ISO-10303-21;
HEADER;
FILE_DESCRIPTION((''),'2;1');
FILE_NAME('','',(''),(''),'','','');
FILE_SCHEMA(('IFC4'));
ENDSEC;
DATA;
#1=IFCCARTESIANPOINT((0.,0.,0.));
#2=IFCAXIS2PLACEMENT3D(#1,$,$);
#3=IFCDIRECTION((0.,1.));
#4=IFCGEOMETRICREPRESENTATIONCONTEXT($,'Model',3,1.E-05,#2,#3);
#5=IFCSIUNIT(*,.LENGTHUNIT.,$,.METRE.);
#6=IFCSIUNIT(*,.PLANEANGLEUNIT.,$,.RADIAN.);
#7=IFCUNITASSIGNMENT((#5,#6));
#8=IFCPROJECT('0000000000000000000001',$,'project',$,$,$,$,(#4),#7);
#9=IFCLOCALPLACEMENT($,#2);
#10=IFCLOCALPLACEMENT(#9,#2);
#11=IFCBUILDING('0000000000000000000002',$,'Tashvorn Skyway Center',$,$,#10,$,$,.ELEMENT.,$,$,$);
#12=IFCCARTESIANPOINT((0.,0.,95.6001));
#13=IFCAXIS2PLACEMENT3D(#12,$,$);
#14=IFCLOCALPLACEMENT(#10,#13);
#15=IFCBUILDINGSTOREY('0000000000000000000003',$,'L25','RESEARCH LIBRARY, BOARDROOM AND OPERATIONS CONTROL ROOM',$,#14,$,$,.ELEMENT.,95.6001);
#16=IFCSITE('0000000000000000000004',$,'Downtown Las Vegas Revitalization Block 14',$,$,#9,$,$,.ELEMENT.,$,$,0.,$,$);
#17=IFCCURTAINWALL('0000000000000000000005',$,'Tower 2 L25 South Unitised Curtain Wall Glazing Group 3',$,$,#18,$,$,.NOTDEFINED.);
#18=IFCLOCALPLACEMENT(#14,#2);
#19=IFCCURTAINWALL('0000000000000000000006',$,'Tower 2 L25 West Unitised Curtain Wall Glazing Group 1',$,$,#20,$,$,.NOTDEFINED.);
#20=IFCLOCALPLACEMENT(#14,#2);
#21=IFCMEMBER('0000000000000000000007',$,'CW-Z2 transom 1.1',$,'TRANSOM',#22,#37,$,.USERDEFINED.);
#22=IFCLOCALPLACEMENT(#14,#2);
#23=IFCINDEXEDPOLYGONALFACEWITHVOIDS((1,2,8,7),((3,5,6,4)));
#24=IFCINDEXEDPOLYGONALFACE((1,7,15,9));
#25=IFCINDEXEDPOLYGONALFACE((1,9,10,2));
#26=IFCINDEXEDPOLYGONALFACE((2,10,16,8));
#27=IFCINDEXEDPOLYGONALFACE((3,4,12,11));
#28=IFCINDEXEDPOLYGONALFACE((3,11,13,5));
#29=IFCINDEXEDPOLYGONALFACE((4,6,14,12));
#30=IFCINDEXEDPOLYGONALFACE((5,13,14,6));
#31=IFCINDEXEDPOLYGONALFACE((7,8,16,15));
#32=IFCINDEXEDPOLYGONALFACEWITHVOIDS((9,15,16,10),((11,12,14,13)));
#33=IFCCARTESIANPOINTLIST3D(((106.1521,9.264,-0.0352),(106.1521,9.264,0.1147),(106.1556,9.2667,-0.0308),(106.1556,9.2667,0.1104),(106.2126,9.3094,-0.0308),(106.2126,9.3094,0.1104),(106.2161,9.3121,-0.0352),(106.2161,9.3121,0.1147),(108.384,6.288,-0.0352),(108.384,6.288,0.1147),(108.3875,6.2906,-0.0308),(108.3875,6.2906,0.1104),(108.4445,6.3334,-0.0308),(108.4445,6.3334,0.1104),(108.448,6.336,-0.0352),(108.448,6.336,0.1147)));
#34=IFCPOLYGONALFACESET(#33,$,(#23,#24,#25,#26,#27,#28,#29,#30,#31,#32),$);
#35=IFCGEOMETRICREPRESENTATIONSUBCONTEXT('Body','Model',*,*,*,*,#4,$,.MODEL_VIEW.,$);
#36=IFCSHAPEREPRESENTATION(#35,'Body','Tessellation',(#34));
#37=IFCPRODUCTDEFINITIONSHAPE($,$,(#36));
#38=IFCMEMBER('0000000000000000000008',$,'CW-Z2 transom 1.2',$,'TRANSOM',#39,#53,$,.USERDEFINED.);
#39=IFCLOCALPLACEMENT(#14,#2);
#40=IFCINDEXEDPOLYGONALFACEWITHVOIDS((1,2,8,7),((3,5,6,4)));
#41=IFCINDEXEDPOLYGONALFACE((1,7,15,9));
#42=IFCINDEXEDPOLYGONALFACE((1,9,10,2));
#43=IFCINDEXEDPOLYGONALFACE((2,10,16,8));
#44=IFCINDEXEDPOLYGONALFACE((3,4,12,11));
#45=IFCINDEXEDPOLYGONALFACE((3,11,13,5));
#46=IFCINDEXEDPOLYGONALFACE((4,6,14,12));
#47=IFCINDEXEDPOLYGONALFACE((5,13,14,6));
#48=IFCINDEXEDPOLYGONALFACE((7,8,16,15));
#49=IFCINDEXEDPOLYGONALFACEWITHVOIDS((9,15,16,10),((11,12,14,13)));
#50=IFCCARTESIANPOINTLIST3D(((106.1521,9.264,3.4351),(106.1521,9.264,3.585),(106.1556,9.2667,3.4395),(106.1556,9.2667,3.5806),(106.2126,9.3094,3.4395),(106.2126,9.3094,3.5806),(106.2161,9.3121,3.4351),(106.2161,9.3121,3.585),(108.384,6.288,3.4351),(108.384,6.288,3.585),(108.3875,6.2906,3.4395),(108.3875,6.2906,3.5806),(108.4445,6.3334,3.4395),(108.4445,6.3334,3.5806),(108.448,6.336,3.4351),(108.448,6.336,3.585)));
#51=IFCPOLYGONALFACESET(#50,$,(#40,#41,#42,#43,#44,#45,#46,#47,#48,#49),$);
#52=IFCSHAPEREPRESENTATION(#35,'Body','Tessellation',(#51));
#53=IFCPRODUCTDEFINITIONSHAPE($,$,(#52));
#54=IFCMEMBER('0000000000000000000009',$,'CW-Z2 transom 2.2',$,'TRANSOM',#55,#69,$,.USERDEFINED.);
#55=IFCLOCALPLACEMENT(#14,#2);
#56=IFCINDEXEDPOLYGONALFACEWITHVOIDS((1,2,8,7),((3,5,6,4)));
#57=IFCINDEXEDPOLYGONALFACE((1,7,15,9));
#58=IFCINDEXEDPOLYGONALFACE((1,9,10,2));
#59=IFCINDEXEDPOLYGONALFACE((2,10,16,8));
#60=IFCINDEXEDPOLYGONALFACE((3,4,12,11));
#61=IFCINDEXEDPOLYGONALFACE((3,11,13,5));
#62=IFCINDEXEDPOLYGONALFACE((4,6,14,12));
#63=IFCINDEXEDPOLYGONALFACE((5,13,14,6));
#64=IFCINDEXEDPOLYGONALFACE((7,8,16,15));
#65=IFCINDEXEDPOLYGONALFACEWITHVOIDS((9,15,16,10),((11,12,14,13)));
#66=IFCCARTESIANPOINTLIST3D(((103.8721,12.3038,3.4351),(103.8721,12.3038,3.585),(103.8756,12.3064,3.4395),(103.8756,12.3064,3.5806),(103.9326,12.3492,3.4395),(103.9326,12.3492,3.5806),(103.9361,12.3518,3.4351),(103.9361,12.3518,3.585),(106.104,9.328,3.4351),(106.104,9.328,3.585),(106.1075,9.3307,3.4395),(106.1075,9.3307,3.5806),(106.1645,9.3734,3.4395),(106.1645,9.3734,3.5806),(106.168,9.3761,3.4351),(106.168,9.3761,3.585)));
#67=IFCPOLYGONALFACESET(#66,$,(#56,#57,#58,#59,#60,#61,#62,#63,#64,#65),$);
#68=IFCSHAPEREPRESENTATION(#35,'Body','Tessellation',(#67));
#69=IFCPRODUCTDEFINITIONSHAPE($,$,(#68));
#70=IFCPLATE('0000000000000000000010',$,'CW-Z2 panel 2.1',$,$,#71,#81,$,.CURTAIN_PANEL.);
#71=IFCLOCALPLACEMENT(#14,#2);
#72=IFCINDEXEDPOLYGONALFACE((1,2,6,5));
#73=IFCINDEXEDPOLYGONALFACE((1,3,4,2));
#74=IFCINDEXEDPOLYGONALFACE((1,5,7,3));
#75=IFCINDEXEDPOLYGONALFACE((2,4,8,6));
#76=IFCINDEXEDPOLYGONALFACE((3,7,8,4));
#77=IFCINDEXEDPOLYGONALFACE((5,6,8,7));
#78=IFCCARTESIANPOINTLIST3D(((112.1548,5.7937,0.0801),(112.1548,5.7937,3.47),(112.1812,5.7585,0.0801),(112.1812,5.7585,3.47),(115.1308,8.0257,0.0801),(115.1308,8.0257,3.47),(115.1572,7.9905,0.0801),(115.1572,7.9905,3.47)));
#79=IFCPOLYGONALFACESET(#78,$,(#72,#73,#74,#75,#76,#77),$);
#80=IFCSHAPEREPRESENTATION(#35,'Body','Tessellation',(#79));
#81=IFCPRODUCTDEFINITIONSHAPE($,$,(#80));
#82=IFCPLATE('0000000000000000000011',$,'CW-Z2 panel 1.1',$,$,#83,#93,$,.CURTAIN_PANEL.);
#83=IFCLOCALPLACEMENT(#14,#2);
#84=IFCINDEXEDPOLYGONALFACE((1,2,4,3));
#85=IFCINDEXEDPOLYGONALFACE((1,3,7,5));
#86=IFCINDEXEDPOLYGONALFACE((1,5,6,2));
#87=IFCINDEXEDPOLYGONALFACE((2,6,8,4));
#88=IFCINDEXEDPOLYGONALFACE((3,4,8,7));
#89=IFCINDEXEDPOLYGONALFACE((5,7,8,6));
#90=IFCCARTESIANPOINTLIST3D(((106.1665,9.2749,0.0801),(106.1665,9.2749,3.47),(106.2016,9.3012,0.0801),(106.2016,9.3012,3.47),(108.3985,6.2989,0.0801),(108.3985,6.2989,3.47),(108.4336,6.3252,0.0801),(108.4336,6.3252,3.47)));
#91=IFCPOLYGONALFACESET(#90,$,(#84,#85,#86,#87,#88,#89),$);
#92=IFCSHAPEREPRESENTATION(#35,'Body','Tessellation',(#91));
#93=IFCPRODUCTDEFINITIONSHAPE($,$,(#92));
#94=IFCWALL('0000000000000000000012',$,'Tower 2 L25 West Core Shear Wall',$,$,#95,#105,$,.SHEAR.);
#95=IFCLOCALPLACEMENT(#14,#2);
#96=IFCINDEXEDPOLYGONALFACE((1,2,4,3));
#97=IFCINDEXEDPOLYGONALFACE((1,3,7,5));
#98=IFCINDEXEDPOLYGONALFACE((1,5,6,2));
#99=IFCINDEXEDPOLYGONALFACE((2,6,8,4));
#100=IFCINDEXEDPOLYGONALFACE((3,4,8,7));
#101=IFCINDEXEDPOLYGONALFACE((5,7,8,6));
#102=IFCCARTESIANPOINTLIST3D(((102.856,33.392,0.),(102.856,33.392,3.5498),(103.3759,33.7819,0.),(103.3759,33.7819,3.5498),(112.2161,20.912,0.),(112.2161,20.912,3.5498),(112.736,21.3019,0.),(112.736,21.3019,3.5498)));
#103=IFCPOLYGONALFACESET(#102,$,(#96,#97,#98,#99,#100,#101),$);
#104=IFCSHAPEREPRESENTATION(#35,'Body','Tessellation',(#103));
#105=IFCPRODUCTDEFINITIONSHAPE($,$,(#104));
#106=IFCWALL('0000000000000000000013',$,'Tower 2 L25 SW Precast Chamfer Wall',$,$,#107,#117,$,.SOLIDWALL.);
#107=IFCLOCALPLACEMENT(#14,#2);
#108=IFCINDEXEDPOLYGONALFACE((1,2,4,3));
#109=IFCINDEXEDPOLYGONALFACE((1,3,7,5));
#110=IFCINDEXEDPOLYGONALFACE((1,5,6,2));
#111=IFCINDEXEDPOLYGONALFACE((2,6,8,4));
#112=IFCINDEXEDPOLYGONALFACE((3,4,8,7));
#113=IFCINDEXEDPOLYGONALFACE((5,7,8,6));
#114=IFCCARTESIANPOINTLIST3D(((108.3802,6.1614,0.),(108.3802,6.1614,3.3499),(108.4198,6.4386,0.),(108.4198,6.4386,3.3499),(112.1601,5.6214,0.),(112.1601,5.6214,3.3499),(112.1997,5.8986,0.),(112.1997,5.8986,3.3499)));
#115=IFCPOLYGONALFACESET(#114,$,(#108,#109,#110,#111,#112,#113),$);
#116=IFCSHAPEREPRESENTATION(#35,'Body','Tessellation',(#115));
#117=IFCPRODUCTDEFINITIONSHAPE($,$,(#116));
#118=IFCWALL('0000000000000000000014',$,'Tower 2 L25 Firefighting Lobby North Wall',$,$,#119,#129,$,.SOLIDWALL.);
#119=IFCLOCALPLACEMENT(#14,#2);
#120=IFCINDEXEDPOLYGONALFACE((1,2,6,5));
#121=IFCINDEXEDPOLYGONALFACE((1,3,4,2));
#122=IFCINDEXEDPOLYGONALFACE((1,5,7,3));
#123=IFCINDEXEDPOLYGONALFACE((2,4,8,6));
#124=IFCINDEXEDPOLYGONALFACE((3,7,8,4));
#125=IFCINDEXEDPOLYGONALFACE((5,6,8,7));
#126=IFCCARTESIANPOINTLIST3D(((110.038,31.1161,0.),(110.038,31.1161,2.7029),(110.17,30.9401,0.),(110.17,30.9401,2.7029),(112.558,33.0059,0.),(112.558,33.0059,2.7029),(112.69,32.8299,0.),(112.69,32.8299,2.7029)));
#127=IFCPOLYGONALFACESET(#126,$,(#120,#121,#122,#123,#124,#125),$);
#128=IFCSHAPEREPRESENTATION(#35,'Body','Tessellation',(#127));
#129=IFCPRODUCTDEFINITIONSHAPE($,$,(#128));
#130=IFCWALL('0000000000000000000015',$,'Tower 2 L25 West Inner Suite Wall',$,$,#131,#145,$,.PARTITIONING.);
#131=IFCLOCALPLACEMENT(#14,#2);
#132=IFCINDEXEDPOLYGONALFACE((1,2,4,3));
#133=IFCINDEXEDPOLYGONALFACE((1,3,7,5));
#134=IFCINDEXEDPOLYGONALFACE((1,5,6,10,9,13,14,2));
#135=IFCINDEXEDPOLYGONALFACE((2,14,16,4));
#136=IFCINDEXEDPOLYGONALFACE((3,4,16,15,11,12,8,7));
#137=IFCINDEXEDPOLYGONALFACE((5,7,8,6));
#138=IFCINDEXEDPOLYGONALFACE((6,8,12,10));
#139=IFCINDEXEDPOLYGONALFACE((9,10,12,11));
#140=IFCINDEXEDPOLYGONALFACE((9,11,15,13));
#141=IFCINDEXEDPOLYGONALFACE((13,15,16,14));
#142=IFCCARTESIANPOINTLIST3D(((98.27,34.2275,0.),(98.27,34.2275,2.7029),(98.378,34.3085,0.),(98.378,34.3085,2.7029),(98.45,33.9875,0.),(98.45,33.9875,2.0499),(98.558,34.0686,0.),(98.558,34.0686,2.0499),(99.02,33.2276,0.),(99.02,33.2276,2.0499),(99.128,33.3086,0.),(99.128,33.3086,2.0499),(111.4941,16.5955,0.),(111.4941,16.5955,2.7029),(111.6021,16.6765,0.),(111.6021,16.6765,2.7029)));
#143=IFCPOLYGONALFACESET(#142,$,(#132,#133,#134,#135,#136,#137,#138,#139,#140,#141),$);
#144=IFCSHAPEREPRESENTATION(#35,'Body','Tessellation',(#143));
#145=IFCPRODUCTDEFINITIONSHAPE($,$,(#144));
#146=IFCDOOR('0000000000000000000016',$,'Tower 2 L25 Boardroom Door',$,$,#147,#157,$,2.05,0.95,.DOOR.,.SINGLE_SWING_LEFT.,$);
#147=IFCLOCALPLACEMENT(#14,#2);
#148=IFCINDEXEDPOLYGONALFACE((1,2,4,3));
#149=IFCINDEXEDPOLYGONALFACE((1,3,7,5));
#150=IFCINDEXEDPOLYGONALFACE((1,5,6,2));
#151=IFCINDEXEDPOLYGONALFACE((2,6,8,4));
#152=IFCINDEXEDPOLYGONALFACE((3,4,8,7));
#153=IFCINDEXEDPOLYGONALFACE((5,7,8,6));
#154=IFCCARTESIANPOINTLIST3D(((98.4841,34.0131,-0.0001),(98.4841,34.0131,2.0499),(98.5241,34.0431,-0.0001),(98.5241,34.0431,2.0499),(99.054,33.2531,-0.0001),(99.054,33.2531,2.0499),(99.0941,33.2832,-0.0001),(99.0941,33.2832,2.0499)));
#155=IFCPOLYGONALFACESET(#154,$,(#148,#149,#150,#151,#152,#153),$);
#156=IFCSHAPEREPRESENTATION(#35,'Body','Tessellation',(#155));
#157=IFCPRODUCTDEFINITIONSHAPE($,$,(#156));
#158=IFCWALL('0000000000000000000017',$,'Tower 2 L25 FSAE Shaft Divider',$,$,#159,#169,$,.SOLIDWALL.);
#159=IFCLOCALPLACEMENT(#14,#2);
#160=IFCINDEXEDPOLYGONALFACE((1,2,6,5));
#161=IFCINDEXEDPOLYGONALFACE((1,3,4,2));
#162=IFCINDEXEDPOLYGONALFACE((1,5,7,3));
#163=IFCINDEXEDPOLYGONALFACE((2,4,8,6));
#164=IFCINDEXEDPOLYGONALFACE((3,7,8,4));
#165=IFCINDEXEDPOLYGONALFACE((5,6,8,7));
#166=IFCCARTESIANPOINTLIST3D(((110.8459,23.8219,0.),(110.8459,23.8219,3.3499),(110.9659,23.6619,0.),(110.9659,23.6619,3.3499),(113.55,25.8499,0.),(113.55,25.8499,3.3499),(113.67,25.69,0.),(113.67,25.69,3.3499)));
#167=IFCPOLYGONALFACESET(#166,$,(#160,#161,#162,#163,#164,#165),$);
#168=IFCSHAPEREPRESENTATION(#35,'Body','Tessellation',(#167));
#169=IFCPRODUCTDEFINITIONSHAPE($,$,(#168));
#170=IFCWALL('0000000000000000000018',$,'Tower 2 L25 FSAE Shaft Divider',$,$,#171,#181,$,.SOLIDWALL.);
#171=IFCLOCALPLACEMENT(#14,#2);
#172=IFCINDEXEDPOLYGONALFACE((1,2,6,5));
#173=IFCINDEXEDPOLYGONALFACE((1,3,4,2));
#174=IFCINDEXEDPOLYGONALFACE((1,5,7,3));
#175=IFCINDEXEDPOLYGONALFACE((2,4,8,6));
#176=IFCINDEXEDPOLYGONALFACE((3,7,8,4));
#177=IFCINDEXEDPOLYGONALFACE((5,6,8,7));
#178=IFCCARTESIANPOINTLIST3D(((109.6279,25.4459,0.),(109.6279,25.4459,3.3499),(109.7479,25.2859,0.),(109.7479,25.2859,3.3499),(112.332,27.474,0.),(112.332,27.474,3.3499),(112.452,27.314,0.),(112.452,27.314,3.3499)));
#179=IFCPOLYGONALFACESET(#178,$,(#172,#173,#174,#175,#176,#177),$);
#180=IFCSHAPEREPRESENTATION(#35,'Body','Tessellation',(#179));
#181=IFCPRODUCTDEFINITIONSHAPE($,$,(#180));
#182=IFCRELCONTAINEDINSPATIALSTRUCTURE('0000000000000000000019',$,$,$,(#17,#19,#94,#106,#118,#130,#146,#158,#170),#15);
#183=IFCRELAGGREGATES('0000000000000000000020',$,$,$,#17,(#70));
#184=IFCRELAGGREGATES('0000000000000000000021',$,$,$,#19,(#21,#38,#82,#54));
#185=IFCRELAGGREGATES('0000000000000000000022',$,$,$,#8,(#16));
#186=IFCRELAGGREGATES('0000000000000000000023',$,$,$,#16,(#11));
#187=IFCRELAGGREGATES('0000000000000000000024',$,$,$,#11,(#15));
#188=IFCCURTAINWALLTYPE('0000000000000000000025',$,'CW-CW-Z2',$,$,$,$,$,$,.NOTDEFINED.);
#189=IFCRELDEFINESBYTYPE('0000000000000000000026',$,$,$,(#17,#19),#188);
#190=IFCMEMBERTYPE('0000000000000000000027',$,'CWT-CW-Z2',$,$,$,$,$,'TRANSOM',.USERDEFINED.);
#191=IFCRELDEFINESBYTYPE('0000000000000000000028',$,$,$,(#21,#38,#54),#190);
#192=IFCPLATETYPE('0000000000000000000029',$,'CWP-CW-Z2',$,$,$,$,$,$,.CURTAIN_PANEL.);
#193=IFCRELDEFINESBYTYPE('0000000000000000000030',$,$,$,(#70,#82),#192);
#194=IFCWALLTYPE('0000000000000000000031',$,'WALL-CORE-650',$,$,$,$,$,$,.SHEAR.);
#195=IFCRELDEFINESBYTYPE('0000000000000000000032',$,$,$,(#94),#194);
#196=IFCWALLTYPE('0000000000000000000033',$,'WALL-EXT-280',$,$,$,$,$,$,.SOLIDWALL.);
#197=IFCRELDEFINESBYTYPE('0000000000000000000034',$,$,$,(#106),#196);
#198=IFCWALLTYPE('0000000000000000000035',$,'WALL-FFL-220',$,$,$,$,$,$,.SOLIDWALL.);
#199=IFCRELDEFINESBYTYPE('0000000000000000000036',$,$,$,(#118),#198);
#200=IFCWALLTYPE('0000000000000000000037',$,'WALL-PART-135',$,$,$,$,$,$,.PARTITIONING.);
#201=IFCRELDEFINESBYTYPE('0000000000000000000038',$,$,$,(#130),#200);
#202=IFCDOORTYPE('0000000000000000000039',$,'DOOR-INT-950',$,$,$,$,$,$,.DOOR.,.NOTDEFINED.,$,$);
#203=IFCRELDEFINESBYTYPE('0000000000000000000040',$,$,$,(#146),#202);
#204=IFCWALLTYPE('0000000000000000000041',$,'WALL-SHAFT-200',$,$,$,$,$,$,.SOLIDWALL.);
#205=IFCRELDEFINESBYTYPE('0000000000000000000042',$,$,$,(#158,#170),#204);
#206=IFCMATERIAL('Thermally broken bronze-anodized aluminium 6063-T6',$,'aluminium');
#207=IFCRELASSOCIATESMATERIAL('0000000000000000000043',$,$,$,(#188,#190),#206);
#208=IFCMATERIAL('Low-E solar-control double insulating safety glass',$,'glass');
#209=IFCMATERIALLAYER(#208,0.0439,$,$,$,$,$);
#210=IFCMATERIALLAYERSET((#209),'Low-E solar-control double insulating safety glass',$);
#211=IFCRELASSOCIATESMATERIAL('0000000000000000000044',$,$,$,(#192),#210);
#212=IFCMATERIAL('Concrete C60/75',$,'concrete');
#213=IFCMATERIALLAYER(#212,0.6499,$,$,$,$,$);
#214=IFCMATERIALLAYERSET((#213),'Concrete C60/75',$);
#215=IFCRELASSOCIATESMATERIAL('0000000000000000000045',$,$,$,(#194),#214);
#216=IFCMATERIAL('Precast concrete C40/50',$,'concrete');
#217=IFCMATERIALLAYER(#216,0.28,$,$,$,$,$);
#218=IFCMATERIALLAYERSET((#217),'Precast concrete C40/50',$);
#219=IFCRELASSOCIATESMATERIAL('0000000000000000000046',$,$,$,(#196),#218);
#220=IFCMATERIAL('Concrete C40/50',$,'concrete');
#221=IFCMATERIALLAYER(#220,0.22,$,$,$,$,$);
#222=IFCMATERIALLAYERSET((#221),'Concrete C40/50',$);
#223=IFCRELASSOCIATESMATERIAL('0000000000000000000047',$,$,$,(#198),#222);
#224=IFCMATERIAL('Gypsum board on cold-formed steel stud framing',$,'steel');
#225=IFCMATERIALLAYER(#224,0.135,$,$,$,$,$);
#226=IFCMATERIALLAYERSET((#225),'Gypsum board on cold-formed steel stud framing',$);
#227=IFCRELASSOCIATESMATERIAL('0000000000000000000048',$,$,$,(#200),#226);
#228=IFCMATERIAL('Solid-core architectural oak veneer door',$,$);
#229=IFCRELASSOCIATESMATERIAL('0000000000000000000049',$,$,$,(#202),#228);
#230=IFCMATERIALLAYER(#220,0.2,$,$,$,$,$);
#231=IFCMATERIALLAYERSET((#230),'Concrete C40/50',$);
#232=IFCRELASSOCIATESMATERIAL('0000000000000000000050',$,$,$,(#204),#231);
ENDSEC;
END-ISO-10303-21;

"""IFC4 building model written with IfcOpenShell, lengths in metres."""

from ifc_helpers import new_model, si_unit, direction, frame, frame_2d, origin, origin_2d, place, context, subcontext, project, spatial, rectangle, hollow_rectangle, extrude, material, layer, layer_set, material_profile, profile_set, type_object, element, fill, aggregate, save


model = new_model("IFC4")

# Units and contexts
model_context = context("Model", 3, precision=1e-05, world=origin(), true_north=direction((0.0, 1.0)))
body_context = subcontext(model_context, "Body", "Model", "MODEL_VIEW")
ifc_project = project(units=[si_unit("LENGTHUNIT", "METRE"), si_unit("PLANEANGLEUNIT", "RADIAN")], contexts=[model_context])

# Site, building, storey
site_placement = place(None, origin())
site = spatial("IfcSite", under=ifc_project, at=site_placement, Name="Downtown Las Vegas Revitalization Block 14", CompositionType="ELEMENT", RefElevation=0.0)
building_placement = place(site_placement, origin())
building = spatial("IfcBuilding", under=site, at=building_placement, Name="Tashvorn Skyway Center", CompositionType="ELEMENT")
storey_placement = place(building_placement, frame((0.0, 0.0, 95.6001)))
storey = spatial("IfcBuildingStorey", under=building, at=storey_placement, Name="L25", Description="RESEARCH LIBRARY, BOARDROOM AND OPERATIONS CONTROL ROOM", CompositionType="ELEMENT", Elevation=95.6001)

# Shared definitions
ifc_material_1 = material(Name="Concrete C60/75", Category="concrete")

# Curtain wall
ifc_material_2 = material(Name="Thermally broken bronze-anodized aluminium 6063-T6", Category="aluminium")
curtain_wall_type = type_object("IfcCurtainWallType", Name="CW-CW-Z2", PredefinedType="NOTDEFINED", material=ifc_material_2)
curtain_wall_1_placement = place(storey_placement, origin())
curtain_wall_1 = element("IfcCurtainWall", 1, at=curtain_wall_1_placement, inside=storey, type_object=curtain_wall_type, Name="Tower 2 L25 South Unitised Curtain Wall Glazing Group 3", PredefinedType="NOTDEFINED")

# Curtain wall, members
curtain_wall_2_placement = place(storey_placement, origin())
curtain_wall_2 = element("IfcCurtainWall", 2, at=curtain_wall_2_placement, inside=storey, type_object=curtain_wall_type, Name="Tower 2 L25 West Unitised Curtain Wall Glazing Group 1", PredefinedType="NOTDEFINED")
ifc_material_profile_1 = material_profile(ifc_material_2, hollow_rectangle(XDim=0.0801, YDim=0.1499, WallThickness=0.0044, at=origin_2d()), Name="ALU-TRAN-80x150")
ifc_profile_set_1 = profile_set([ifc_material_profile_1], Name="Thermally broken bronze-anodized aluminium 6063-T6")
member_type_1 = type_object("IfcMemberType", Name="CWT-CW-Z2", ElementType="TRANSOM", PredefinedType="USERDEFINED", material=ifc_profile_set_1)
member_1_placement = place(storey_placement, frame((108.416, 6.312, 0.0398), z_axis=(-0.599979, 0.800016, 0.0), x_axis=(-0.800016, -0.599979, 0.0)))
member_1 = element("IfcMember", 3, at=member_1_placement, type_object=member_type_1, Name="CW-Z2 transom 1.1", ObjectType="TRANSOM", PredefinedType="USERDEFINED", context=body_context, shape_type="SweptSolid", body=[
    extrude(hollow_rectangle(XDim=0.0801, YDim=0.1499, WallThickness=0.0044, at=origin_2d()), origin(), (0.0, 0.0, 1.0), 3.72),
])
member_2_placement = place(storey_placement, frame((108.416, 6.312, 3.51), z_axis=(-0.599979, 0.800016, 0.0), x_axis=(-0.800016, -0.599979, 0.0)))
member_2 = element("IfcMember", 4, at=member_2_placement, type_object=member_type_1, Name="CW-Z2 transom 1.2", ObjectType="TRANSOM", PredefinedType="USERDEFINED", context=body_context, shape_type="SweptSolid", body=[
    extrude(hollow_rectangle(XDim=0.0801, YDim=0.1499, WallThickness=0.0044, at=origin_2d()), origin(), (0.0, 0.0, 1.0), 3.72),
])
member_3_placement = place(storey_placement, frame((106.136, 9.3521, 3.51), z_axis=(-0.600011, 0.799992, 0.0), x_axis=(-0.799992, -0.600011, 0.0)))
member_3 = element("IfcMember", 5, at=member_3_placement, type_object=member_type_1, Name="CW-Z2 transom 2.2", ObjectType="TRANSOM", PredefinedType="USERDEFINED", context=body_context, shape_type="SweptSolid", body=[
    extrude(hollow_rectangle(XDim=0.0801, YDim=0.1499, WallThickness=0.0044, at=origin_2d()), origin(), (0.0, 0.0, 1.0), 3.7197),
])

# Plates
ifc_material_3 = material(Name="Low-E solar-control double insulating safety glass", Category="glass")
ifc_layer_1 = layer(ifc_material_3, 0.0439)
ifc_layer_set_1 = layer_set([ifc_layer_1], Name="Low-E solar-control double insulating safety glass")
plate_type = type_object("IfcPlateType", Name="CWP-CW-Z2", PredefinedType="CURTAIN_PANEL", material=ifc_layer_set_1)
plate_1_placement = place(storey_placement, frame((113.656, 6.8921, 0.0801), z_axis=(0.0, 0.0, 1.0), x_axis=(-0.8, -0.6, 0.0)))
plate_1 = element("IfcPlate", 6, at=plate_1_placement, type_object=plate_type, Name="CW-Z2 panel 2.1", PredefinedType="CURTAIN_PANEL", context=body_context, shape_type="SweptSolid", body=[
    extrude(rectangle(XDim=3.72, YDim=0.0439, at=origin_2d()), origin(), (0.0, 0.0, 1.0), 3.3899),
])
aggregate(curtain_wall_1, [plate_1])
plate_2_placement = place(storey_placement, frame((107.3, 7.8, 0.0801), z_axis=(0.0, 0.0, 1.0), x_axis=(-0.6, 0.8, 0.0)))
plate_2 = element("IfcPlate", 7, at=plate_2_placement, type_object=plate_type, Name="CW-Z2 panel 1.1", PredefinedType="CURTAIN_PANEL", context=body_context, shape_type="SweptSolid", body=[
    extrude(rectangle(XDim=3.72, YDim=0.0439, at=origin_2d()), origin(), (0.0, 0.0, 1.0), 3.3899),
])
aggregate(curtain_wall_2, [member_1, member_2, plate_2, member_3])

# Walls
ifc_layer_2 = layer(ifc_material_1, 0.6499)
ifc_layer_set_2 = layer_set([ifc_layer_2], Name="Concrete C60/75")
wall_type_1 = type_object("IfcWallType", Name="WALL-CORE-650", PredefinedType="SHEAR", material=ifc_layer_set_2)
wall_1_placement = place(storey_placement, frame((112.4761, 21.1069, 0.0), z_axis=(0.0, 0.0, 1.0), x_axis=(-0.600005, 0.799996, 0.0)))
element("IfcWall", 8, at=wall_1_placement, inside=storey, type_object=wall_type_1, Name="Tower 2 L25 West Core Shear Wall", PredefinedType="SHEAR", context=body_context, shape_type="SweptSolid", body=[
    extrude(rectangle(XDim=15.6001, YDim=0.6499, at=frame_2d((7.8, 0.0))), origin(), (0.0, 0.0, 1.0), 3.5498),
])
ifc_material_4 = material(Name="Precast concrete C40/50", Category="concrete")
ifc_layer_3 = layer(ifc_material_4, 0.28)
ifc_layer_set_3 = layer_set([ifc_layer_3], Name="Precast concrete C40/50")
wall_type_2 = type_object("IfcWallType", Name="WALL-EXT-280", PredefinedType="SOLIDWALL", material=ifc_layer_set_3)
wall_2_placement = place(storey_placement, frame((112.1799, 5.76, 0.0), z_axis=(0.0, 0.0, 1.0), x_axis=(-0.989948, 0.14143, 0.0)))
element("IfcWall", 9, at=wall_2_placement, inside=storey, type_object=wall_type_2, Name="Tower 2 L25 SW Precast Chamfer Wall", PredefinedType="SOLIDWALL", context=body_context, shape_type="SweptSolid", body=[
    extrude(rectangle(XDim=3.8184, YDim=0.28, at=frame_2d((1.9092, 0.0))), origin(), (0.0, 0.0, 1.0), 3.3499),
])
ifc_material_5 = material(Name="Concrete C40/50", Category="concrete")
ifc_layer_4 = layer(ifc_material_5, 0.22)
ifc_layer_set_4 = layer_set([ifc_layer_4], Name="Concrete C40/50")
wall_type_3 = type_object("IfcWallType", Name="WALL-FFL-220", PredefinedType="SOLIDWALL", material=ifc_layer_set_4)
wall_3_placement = place(storey_placement, frame((110.104, 31.0281, 0.0), z_axis=(0.0, 0.0, 1.0), x_axis=(0.800019, 0.599975, 0.0)))
element("IfcWall", 10, at=wall_3_placement, inside=storey, type_object=wall_type_3, Name="Tower 2 L25 Firefighting Lobby North Wall", PredefinedType="SOLIDWALL", context=body_context, shape_type="SweptSolid", body=[
    extrude(rectangle(XDim=3.1499, YDim=0.22, at=frame_2d((1.575, 0.0))), origin(), (0.0, 0.0, 1.0), 2.7029),
])

# Wall, opening, door
ifc_material_6 = material(Name="Gypsum board on cold-formed steel stud framing", Category="steel")
ifc_layer_5 = layer(ifc_material_6, 0.135)
ifc_layer_set_5 = layer_set([ifc_layer_5], Name="Gypsum board on cold-formed steel stud framing")
wall_type_4 = type_object("IfcWallType", Name="WALL-PART-135", PredefinedType="PARTITIONING", material=ifc_layer_set_5)
wall_4_placement = place(storey_placement, frame((111.5481, 16.636, 0.0), z_axis=(0.0, 0.0, 1.0), x_axis=(-0.600002, 0.799999, 0.0)))
wall_4 = element("IfcWall", 11, at=wall_4_placement, inside=storey, type_object=wall_type_4, Name="Tower 2 L25 West Inner Suite Wall", PredefinedType="PARTITIONING", context=body_context, shape_type="SweptSolid", body=[
    extrude(rectangle(XDim=22.04, YDim=0.135, at=frame_2d((11.02, 0.0))), origin(), (0.0, 0.0, 1.0), 2.7029),
])
opening_1_placement = place(wall_4_placement, frame((20.79, 0.0, 0.0)))
opening_1 = element("IfcOpeningElement", 12, at=opening_1_placement, cuts=wall_4, PredefinedType="OPENING", context=body_context, shape_type="SweptSolid", body=[
    extrude(rectangle(XDim=0.95, YDim=2.05, at=frame_2d((0.4751, 1.0249))), frame((0.0, 0.0774, 0.0), z_axis=(0.0, -1.0, 0.0), x_axis=(1.0, 0.0, 0.0)), (0.0, 0.0, 1.0), 0.155),
])
ifc_material_7 = material(Name="Solid-core architectural oak veneer door")
door_type_1 = type_object("IfcDoorType", Name="DOOR-INT-950", OperationType="NOTDEFINED", PredefinedType="DOOR", material=ifc_material_7)
door_1_placement = place(opening_1_placement, origin())
door_1 = element("IfcDoor", 13, at=door_1_placement, inside=storey, type_object=door_type_1, Name="Tower 2 L25 Boardroom Door", OperationType="SINGLE_SWING_LEFT", OverallHeight=2.05, OverallWidth=0.95, PredefinedType="DOOR", context=body_context, shape_type="SweptSolid", body=[
    extrude(rectangle(XDim=0.95, YDim=2.05, at=frame_2d((0.4751, 1.0249))), frame((0.0, 0.0249, 0.0), z_axis=(0.0, -1.0, 0.0), x_axis=(1.0, 0.0, 0.0)), (0.0, 0.0, 1.0), 0.05),
])
fill(opening_1, door_1)

# Walls
ifc_layer_6 = layer(ifc_material_5, 0.2)
ifc_layer_set_6 = layer_set([ifc_layer_6], Name="Concrete C40/50")
wall_type_5 = type_object("IfcWallType", Name="WALL-SHAFT-200", PredefinedType="SOLIDWALL", material=ifc_layer_set_6)
for number, where, z_axis, x_axis, name in (
    (14, (110.906, 23.7419, 0.0), (0.0, 0.0, 1.0), (0.8, 0.6, 0.0), "Tower 2 L25 FSAE Shaft Divider"),
    (15, (109.688, 25.366, 0.0), (0.0, 0.0, 1.0), (0.8, 0.6, 0.0), "Tower 2 L25 FSAE Shaft Divider"),
):
    element("IfcWall", number, at=place(storey_placement, frame(where, z_axis=z_axis, x_axis=x_axis)), inside=storey, type_object=wall_type_5, Name=name, PredefinedType="SOLIDWALL", context=body_context, shape_type="SweptSolid", body=[
        extrude(rectangle(XDim=3.3801, YDim=0.2, at=frame_2d((1.6899, 0.0))), origin(), (0.0, 0.0, 1.0), 3.3499),
    ])

save(model, "model.ifc")
